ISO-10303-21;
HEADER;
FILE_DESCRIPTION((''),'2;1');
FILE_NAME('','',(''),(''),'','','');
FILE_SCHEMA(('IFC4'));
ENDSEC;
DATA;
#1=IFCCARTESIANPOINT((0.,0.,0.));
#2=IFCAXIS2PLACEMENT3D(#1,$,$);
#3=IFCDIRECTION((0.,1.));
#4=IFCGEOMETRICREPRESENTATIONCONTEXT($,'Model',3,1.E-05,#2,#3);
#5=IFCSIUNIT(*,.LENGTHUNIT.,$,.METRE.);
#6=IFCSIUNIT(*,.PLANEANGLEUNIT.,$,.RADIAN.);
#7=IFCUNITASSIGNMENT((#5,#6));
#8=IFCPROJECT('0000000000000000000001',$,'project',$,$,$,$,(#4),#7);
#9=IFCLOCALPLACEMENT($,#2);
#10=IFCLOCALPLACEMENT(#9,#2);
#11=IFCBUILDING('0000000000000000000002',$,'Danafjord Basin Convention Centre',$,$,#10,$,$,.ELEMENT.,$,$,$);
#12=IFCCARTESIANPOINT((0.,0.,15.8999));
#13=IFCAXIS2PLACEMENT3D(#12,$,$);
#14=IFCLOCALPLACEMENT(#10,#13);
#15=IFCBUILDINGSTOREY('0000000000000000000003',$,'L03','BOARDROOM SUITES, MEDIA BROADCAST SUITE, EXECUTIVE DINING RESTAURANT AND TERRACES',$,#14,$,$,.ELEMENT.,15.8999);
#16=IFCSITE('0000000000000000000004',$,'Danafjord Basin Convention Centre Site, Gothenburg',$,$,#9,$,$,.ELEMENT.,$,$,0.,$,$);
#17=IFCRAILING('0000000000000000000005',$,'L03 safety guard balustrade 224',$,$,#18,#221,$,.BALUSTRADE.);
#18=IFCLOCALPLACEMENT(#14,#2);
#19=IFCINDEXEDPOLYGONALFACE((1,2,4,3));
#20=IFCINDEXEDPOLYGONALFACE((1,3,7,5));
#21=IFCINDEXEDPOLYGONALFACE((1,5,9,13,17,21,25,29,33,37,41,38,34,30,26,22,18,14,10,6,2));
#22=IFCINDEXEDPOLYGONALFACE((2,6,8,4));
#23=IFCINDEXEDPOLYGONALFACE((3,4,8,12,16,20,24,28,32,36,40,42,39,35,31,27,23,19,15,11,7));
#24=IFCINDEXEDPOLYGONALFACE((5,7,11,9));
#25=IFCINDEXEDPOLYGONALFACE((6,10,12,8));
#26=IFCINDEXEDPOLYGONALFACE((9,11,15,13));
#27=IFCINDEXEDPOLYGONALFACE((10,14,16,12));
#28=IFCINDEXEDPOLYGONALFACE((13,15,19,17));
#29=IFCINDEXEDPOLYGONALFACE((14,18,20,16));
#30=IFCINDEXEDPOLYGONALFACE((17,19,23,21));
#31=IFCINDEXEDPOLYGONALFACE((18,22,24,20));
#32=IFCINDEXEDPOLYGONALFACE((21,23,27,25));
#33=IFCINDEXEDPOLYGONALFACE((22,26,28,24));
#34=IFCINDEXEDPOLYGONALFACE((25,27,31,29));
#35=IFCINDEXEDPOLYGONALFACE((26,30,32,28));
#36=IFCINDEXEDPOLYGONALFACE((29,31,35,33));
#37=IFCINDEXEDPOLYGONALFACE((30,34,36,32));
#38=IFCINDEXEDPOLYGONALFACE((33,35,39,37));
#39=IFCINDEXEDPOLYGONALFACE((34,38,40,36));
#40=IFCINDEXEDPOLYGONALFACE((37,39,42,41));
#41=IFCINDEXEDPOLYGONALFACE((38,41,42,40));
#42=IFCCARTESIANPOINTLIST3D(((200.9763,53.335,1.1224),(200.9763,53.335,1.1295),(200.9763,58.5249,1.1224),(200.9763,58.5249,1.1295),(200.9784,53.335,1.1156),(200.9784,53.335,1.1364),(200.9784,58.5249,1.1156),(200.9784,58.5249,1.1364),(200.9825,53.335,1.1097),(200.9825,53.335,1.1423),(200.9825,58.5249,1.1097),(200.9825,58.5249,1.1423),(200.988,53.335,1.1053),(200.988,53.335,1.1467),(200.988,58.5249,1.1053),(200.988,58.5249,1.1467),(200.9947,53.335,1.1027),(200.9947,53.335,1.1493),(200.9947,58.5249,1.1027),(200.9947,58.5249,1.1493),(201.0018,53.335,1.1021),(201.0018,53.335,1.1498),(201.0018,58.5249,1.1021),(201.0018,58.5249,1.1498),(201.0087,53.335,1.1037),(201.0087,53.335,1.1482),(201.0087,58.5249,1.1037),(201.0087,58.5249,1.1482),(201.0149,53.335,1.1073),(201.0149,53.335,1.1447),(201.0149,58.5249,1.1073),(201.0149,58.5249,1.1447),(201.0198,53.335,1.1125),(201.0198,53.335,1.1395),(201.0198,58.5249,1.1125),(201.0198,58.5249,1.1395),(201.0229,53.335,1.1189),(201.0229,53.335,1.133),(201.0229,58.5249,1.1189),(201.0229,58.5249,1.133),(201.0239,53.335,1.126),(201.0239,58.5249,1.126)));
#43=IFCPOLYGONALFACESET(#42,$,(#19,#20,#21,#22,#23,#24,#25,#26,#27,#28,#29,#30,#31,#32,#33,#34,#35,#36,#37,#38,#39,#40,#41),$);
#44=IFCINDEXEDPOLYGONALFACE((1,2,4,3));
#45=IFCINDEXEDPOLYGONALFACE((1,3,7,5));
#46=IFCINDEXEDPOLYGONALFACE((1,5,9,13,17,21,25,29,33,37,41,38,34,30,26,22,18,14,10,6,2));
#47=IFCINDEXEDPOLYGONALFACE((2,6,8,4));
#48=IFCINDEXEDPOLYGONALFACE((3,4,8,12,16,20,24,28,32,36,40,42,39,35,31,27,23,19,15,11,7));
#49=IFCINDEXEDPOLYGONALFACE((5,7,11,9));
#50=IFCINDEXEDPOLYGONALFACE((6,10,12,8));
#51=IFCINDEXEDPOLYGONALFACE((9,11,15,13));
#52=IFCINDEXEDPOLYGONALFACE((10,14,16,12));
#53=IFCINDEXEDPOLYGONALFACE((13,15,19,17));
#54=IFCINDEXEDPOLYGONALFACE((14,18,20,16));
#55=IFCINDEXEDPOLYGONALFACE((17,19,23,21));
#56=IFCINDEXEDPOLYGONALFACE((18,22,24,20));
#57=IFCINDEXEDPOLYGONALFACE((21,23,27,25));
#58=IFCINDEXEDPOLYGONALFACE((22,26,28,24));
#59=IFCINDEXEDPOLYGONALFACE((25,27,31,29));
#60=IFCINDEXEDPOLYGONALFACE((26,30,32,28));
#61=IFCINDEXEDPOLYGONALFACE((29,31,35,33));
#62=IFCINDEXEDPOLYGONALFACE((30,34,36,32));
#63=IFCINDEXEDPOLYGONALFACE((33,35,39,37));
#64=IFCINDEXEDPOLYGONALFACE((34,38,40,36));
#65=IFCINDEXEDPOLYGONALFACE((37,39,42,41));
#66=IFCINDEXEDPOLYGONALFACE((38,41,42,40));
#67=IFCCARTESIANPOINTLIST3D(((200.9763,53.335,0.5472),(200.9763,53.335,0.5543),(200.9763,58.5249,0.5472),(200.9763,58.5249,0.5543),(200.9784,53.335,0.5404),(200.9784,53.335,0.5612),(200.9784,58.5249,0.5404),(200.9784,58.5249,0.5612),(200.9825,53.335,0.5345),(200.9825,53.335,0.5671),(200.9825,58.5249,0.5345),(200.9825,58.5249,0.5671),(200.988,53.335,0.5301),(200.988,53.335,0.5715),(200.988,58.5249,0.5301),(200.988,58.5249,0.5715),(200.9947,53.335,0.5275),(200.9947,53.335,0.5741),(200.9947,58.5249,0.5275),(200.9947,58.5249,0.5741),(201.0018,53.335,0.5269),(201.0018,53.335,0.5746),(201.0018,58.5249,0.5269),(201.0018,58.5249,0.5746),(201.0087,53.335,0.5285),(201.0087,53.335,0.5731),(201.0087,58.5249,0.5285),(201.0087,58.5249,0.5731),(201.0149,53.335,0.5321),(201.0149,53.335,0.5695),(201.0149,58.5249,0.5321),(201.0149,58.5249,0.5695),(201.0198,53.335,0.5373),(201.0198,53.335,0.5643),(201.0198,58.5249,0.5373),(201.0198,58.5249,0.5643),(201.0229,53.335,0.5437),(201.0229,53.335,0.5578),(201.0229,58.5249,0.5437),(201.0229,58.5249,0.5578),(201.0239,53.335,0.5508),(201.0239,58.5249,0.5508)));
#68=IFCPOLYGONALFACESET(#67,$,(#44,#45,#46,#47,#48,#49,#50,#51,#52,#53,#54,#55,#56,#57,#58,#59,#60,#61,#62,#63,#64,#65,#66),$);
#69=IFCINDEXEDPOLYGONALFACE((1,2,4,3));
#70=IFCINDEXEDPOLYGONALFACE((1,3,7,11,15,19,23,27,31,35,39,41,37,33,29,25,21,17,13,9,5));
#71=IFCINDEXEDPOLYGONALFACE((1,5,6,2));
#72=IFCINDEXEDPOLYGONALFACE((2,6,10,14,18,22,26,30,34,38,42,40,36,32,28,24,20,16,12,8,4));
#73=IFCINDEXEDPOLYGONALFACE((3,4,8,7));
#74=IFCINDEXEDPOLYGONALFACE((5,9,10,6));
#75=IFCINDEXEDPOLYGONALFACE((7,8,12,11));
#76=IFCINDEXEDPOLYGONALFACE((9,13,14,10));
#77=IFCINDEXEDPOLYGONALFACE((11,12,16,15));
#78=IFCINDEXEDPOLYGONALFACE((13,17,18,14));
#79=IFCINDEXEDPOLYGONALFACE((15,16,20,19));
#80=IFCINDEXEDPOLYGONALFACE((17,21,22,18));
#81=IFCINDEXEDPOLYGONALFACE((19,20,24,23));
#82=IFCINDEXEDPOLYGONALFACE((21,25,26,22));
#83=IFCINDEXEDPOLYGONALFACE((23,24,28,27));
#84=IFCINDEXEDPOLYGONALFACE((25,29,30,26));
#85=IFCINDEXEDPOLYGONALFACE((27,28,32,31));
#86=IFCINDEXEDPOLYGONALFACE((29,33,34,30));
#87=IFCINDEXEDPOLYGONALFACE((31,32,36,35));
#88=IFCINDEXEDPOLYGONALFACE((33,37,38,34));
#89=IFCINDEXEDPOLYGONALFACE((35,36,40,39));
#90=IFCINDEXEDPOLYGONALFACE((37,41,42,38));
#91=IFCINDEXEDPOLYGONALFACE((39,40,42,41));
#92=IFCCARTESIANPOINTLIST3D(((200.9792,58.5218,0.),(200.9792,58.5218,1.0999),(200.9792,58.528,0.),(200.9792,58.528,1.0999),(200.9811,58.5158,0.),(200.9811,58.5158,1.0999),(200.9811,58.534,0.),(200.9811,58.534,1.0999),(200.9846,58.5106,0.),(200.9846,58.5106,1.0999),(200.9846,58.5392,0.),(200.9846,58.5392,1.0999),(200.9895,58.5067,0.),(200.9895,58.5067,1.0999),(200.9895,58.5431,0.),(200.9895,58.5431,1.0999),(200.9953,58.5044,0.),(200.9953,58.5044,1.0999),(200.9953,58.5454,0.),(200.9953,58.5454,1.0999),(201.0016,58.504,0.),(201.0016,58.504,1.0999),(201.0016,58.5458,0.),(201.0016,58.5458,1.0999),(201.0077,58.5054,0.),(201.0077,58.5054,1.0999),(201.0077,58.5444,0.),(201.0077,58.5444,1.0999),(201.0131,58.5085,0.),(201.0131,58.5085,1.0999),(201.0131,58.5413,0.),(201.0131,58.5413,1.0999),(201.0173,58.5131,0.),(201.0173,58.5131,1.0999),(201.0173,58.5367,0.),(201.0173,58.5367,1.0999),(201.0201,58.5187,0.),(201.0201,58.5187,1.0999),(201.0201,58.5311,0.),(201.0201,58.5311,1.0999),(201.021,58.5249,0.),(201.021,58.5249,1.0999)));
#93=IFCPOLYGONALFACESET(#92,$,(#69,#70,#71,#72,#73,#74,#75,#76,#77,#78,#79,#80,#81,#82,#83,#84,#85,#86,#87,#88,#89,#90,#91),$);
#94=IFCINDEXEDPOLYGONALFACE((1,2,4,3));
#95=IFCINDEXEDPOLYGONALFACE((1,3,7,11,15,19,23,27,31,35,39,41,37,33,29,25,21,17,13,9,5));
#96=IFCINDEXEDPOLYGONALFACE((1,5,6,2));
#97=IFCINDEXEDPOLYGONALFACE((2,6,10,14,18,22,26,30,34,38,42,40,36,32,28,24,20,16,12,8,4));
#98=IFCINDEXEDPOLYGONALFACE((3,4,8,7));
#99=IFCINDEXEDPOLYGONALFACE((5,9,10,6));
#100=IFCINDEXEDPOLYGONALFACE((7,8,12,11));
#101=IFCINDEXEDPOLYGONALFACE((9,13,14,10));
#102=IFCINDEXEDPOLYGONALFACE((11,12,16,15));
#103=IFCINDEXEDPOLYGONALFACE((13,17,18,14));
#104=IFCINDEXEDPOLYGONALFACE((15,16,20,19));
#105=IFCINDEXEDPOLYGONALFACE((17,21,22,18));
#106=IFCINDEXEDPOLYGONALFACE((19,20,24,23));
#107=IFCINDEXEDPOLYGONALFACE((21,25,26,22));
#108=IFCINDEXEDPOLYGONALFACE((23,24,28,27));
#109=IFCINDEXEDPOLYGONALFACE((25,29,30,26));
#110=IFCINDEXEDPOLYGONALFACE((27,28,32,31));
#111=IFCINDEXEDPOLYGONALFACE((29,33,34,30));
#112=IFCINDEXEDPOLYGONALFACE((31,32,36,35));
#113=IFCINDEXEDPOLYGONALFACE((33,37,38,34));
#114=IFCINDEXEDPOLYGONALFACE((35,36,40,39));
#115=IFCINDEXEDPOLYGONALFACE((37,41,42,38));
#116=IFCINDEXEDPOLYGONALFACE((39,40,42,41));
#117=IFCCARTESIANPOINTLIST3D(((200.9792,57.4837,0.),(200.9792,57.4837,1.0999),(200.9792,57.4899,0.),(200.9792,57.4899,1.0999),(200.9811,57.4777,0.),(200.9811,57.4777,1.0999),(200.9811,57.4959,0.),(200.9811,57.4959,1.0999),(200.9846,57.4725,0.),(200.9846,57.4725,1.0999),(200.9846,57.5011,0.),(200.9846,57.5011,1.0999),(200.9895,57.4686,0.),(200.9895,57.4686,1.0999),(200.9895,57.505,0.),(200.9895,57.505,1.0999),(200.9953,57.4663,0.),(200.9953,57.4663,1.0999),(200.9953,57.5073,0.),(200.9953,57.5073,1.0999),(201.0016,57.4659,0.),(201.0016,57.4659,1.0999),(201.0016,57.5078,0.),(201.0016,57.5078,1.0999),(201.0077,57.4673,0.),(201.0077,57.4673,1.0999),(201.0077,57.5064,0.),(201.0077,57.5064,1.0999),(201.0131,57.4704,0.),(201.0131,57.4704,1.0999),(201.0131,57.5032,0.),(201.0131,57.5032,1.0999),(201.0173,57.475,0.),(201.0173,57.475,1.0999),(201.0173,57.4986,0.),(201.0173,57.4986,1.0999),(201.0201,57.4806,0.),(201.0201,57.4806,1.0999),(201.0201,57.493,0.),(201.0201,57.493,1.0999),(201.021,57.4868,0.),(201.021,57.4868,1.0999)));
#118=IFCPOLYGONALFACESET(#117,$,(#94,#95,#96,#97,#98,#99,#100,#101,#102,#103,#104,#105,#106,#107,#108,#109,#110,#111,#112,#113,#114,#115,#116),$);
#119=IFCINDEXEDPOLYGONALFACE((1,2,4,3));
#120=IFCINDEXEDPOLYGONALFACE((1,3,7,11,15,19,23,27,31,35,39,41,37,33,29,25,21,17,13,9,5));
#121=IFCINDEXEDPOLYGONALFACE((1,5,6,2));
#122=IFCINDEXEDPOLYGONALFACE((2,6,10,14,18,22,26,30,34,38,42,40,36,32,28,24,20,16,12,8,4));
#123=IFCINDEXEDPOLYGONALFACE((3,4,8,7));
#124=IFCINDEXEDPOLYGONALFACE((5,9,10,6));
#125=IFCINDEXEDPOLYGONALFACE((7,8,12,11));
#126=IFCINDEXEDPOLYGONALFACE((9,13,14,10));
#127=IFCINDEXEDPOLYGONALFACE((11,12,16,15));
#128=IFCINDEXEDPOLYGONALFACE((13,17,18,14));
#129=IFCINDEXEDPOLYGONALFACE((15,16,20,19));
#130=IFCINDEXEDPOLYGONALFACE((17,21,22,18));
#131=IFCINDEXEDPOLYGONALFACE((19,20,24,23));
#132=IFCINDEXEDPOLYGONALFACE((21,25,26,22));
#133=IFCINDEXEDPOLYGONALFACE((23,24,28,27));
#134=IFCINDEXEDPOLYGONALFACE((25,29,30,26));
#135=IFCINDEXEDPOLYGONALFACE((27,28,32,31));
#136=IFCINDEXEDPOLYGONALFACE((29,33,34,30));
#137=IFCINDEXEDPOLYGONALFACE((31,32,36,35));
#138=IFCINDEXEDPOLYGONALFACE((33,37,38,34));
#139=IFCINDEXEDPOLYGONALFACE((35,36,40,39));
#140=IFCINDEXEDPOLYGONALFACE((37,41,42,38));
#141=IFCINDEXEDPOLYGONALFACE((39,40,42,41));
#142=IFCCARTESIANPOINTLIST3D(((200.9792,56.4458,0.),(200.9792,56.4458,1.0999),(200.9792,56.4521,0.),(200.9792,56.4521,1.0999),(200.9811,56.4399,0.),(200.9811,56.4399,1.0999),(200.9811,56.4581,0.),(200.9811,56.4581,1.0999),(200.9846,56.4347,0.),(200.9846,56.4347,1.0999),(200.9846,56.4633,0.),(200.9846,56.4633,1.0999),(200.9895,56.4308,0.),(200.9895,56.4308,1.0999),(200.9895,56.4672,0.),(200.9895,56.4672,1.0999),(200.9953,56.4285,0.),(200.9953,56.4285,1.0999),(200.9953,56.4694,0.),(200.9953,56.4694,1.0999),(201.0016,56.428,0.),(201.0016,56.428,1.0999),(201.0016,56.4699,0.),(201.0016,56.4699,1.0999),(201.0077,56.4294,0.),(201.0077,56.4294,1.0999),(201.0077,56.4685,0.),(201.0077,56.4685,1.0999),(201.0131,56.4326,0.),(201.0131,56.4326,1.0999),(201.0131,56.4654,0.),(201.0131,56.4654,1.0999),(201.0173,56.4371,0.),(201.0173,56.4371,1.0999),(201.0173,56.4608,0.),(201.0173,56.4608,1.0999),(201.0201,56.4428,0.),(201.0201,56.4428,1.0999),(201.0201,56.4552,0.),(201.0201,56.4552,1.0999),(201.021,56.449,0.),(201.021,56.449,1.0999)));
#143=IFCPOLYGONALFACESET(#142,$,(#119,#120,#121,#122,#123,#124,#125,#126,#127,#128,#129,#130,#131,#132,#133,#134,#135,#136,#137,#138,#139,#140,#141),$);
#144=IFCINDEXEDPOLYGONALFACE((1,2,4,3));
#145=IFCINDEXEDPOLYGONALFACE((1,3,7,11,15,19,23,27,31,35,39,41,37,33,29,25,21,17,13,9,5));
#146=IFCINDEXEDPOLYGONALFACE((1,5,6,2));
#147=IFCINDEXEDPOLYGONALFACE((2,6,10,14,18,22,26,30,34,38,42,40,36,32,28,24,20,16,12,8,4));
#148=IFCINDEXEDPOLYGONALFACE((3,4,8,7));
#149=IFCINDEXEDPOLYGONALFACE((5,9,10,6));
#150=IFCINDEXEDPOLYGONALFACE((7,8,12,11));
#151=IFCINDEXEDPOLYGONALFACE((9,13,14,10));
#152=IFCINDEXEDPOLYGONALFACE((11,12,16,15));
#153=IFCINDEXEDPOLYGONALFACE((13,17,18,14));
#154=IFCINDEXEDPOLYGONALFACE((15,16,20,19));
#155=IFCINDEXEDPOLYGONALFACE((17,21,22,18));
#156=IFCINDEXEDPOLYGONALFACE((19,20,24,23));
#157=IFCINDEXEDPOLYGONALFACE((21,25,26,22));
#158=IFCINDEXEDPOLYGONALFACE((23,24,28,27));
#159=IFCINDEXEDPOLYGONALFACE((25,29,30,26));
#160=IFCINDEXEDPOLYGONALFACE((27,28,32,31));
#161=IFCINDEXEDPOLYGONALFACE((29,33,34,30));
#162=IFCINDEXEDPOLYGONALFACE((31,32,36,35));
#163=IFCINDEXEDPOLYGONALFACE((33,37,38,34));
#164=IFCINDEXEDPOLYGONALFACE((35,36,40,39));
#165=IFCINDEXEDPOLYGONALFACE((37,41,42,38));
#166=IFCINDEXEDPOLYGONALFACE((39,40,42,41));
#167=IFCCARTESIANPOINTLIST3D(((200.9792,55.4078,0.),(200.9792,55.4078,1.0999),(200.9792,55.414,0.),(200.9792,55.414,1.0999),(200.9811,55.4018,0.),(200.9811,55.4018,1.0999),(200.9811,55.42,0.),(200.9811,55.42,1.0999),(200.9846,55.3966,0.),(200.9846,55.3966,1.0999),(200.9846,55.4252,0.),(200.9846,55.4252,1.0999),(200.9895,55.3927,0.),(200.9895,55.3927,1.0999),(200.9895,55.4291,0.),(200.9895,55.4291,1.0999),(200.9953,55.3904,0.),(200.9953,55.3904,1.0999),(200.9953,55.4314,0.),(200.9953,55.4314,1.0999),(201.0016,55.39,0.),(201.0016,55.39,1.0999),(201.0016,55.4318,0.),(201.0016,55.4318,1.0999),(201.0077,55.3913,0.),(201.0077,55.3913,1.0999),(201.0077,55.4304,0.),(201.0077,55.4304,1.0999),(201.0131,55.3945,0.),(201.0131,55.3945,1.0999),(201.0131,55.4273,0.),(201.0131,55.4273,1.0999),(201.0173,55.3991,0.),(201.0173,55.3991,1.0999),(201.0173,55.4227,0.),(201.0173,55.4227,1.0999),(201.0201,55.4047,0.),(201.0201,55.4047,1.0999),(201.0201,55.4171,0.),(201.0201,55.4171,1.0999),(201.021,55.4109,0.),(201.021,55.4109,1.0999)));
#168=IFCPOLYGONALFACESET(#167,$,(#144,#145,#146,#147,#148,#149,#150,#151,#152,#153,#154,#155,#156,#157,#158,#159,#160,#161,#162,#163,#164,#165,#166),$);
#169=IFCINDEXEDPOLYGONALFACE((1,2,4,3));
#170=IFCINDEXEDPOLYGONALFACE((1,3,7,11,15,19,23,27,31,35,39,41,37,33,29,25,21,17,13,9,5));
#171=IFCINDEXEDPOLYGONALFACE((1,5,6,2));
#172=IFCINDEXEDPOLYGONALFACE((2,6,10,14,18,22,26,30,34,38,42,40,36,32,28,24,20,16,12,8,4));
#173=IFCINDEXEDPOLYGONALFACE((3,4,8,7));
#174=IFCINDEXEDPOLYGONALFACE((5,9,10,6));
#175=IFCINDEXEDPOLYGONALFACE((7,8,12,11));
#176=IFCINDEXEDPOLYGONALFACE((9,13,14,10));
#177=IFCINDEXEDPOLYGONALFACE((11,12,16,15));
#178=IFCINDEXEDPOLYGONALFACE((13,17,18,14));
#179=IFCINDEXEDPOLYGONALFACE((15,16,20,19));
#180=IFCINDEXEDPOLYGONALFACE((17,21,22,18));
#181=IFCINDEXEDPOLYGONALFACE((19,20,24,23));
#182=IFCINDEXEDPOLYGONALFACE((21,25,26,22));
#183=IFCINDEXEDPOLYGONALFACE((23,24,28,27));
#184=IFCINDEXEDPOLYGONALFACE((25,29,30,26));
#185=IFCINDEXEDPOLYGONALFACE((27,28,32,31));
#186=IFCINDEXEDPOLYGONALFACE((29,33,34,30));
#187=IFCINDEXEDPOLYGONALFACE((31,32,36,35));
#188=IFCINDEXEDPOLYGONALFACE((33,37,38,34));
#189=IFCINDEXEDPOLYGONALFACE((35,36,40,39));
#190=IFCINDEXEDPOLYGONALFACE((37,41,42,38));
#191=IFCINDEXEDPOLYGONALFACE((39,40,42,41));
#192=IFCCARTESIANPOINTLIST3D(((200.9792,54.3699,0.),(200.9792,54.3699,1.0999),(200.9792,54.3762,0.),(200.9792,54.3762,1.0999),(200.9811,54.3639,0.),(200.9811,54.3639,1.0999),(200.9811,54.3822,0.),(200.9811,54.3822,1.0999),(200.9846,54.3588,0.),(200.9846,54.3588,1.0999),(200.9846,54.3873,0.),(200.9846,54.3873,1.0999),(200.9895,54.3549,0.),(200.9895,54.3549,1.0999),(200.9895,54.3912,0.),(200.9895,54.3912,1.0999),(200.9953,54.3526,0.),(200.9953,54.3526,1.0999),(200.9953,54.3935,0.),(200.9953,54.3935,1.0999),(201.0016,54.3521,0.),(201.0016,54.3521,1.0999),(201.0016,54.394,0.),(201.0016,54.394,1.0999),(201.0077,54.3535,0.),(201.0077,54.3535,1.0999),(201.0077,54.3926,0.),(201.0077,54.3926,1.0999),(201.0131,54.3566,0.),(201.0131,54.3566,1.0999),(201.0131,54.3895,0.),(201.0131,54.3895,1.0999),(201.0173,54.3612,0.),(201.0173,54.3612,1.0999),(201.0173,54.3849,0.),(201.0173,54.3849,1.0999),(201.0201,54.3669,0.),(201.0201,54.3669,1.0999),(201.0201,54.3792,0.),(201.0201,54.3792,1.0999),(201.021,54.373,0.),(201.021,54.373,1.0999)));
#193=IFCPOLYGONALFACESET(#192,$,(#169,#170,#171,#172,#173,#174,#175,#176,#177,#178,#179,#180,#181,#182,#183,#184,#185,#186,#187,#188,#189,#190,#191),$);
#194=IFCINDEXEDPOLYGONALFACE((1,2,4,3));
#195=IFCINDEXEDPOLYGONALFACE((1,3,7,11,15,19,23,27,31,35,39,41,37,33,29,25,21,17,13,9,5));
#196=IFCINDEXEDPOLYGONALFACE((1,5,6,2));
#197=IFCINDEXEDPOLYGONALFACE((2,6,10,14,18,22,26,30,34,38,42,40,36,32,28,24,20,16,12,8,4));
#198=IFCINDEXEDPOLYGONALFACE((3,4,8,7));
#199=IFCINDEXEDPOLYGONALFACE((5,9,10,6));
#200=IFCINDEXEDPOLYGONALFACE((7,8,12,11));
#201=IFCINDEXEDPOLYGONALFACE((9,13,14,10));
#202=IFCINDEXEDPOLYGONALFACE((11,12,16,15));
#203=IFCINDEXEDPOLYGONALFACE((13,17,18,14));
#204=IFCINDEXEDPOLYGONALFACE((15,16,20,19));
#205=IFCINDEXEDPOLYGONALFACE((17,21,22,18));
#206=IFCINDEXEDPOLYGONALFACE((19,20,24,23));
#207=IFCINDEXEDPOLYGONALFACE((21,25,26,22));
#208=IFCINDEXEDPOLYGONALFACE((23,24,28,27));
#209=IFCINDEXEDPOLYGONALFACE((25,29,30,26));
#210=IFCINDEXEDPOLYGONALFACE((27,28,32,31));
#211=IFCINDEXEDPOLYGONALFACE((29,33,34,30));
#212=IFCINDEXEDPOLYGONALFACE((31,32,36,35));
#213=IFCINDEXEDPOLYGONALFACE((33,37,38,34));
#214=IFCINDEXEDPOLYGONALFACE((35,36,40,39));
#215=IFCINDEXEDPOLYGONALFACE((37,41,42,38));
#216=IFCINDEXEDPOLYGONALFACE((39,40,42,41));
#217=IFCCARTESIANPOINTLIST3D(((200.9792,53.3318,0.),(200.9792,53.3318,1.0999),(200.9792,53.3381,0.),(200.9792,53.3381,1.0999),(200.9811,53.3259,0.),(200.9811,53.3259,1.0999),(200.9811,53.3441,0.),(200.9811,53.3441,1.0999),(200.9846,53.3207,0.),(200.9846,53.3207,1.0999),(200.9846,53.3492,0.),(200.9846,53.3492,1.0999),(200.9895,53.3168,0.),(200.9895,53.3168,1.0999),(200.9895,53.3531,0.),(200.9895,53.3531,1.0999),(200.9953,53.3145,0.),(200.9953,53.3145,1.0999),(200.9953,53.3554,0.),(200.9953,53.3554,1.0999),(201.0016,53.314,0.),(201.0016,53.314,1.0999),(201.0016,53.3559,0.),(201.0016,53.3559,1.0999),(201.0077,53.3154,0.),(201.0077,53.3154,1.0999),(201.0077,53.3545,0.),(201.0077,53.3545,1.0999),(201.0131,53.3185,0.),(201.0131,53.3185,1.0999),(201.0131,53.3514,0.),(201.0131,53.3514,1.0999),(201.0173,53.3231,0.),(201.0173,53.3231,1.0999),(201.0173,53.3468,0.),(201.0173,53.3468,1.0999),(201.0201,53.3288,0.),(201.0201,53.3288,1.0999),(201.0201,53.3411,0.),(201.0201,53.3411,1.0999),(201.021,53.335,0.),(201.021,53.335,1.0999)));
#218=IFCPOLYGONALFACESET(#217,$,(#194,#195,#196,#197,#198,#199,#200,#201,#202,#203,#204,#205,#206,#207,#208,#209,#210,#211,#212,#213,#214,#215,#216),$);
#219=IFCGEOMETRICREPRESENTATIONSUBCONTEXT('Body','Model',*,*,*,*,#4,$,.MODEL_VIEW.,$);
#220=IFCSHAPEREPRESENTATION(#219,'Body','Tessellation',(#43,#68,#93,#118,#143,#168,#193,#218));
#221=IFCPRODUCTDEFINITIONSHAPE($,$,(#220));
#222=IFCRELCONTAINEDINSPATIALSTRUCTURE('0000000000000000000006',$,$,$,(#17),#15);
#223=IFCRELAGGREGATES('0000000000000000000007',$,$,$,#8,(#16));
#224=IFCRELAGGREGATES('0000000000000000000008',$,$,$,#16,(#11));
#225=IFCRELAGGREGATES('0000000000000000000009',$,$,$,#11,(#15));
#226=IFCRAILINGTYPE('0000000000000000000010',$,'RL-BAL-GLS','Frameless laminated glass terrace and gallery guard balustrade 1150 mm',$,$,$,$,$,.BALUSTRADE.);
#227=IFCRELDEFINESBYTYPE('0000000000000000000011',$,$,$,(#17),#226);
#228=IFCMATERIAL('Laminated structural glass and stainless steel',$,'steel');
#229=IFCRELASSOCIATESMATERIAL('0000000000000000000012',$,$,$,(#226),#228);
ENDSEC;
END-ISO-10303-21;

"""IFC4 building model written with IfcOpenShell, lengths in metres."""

from ifc_helpers import new_model, si_unit, direction, frame, origin, origin_2d, place, context, subcontext, project, spatial, circle, extrude, material, type_object, element, save


model = new_model("IFC4")

# Units and contexts
model_context = context("Model", 3, precision=1e-05, world=origin(), true_north=direction((0.0, 1.0)))
body_context = subcontext(model_context, "Body", "Model", "MODEL_VIEW")
ifc_project = project(units=[si_unit("LENGTHUNIT", "METRE"), si_unit("PLANEANGLEUNIT", "RADIAN")], contexts=[model_context])

# Site, building, storey
site_placement = place(None, origin())
site = spatial("IfcSite", under=ifc_project, at=site_placement, Name="Danafjord Basin Convention Centre Site, Gothenburg", CompositionType="ELEMENT", RefElevation=0.0)
building_placement = place(site_placement, origin())
building = spatial("IfcBuilding", under=site, at=building_placement, Name="Danafjord Basin Convention Centre", CompositionType="ELEMENT")
storey_placement = place(building_placement, frame((0.0, 0.0, 15.8999)))
storey = spatial("IfcBuildingStorey", under=building, at=storey_placement, Name="L03", Description="BOARDROOM SUITES, MEDIA BROADCAST SUITE, EXECUTIVE DINING RESTAURANT AND TERRACES", CompositionType="ELEMENT", Elevation=15.8999)

# Railing
ifc_material_1 = material(Name="Laminated structural glass and stainless steel", Category="steel")
railing_type_1 = type_object("IfcRailingType", Name="RL-BAL-GLS", Description="Frameless laminated glass terrace and gallery guard balustrade 1150 mm", PredefinedType="BALUSTRADE", material=ifc_material_1)
railing_1_placement = place(storey_placement, frame((201.0, 58.5249, 0.0)))
element("IfcRailing", 1, at=railing_1_placement, inside=storey, type_object=railing_type_1, Name="L03 safety guard balustrade 224", PredefinedType="BALUSTRADE", context=body_context, shape_type="SweptSolid", body=[
    extrude(circle(Radius=0.0239, at=origin_2d()), frame((0.0, 0.0, 1.126), z_axis=(0.0, -1.0, 0.0), x_axis=(1.0, 0.0, 0.0)), (0.0, 0.0, 1.0), 5.1899),
    extrude(circle(Radius=0.0239, at=origin_2d()), frame((0.0, 0.0, 0.5508), z_axis=(0.0, -1.0, 0.0), x_axis=(1.0, 0.0, 0.0)), (0.0, 0.0, 1.0), 5.1899),
    extrude(circle(Radius=0.021, at=origin_2d()), origin(), (0.0, 0.0, 1.0), 1.0999),
    extrude(circle(Radius=0.021, at=origin_2d()), frame((0.0, -1.0381, 0.0)), (0.0, 0.0, 1.0), 1.0999),
    extrude(circle(Radius=0.021, at=origin_2d()), frame((0.0, -2.0759, 0.0)), (0.0, 0.0, 1.0), 1.0999),
    extrude(circle(Radius=0.021, at=origin_2d()), frame((0.0, -3.114, 0.0)), (0.0, 0.0, 1.0), 1.0999),
    extrude(circle(Radius=0.021, at=origin_2d()), frame((0.0, -4.1519, 0.0)), (0.0, 0.0, 1.0), 1.0999),
    extrude(circle(Radius=0.021, at=origin_2d()), frame((0.0, -5.1899, 0.0)), (0.0, 0.0, 1.0), 1.0999),
])

save(model, "model.ifc")
